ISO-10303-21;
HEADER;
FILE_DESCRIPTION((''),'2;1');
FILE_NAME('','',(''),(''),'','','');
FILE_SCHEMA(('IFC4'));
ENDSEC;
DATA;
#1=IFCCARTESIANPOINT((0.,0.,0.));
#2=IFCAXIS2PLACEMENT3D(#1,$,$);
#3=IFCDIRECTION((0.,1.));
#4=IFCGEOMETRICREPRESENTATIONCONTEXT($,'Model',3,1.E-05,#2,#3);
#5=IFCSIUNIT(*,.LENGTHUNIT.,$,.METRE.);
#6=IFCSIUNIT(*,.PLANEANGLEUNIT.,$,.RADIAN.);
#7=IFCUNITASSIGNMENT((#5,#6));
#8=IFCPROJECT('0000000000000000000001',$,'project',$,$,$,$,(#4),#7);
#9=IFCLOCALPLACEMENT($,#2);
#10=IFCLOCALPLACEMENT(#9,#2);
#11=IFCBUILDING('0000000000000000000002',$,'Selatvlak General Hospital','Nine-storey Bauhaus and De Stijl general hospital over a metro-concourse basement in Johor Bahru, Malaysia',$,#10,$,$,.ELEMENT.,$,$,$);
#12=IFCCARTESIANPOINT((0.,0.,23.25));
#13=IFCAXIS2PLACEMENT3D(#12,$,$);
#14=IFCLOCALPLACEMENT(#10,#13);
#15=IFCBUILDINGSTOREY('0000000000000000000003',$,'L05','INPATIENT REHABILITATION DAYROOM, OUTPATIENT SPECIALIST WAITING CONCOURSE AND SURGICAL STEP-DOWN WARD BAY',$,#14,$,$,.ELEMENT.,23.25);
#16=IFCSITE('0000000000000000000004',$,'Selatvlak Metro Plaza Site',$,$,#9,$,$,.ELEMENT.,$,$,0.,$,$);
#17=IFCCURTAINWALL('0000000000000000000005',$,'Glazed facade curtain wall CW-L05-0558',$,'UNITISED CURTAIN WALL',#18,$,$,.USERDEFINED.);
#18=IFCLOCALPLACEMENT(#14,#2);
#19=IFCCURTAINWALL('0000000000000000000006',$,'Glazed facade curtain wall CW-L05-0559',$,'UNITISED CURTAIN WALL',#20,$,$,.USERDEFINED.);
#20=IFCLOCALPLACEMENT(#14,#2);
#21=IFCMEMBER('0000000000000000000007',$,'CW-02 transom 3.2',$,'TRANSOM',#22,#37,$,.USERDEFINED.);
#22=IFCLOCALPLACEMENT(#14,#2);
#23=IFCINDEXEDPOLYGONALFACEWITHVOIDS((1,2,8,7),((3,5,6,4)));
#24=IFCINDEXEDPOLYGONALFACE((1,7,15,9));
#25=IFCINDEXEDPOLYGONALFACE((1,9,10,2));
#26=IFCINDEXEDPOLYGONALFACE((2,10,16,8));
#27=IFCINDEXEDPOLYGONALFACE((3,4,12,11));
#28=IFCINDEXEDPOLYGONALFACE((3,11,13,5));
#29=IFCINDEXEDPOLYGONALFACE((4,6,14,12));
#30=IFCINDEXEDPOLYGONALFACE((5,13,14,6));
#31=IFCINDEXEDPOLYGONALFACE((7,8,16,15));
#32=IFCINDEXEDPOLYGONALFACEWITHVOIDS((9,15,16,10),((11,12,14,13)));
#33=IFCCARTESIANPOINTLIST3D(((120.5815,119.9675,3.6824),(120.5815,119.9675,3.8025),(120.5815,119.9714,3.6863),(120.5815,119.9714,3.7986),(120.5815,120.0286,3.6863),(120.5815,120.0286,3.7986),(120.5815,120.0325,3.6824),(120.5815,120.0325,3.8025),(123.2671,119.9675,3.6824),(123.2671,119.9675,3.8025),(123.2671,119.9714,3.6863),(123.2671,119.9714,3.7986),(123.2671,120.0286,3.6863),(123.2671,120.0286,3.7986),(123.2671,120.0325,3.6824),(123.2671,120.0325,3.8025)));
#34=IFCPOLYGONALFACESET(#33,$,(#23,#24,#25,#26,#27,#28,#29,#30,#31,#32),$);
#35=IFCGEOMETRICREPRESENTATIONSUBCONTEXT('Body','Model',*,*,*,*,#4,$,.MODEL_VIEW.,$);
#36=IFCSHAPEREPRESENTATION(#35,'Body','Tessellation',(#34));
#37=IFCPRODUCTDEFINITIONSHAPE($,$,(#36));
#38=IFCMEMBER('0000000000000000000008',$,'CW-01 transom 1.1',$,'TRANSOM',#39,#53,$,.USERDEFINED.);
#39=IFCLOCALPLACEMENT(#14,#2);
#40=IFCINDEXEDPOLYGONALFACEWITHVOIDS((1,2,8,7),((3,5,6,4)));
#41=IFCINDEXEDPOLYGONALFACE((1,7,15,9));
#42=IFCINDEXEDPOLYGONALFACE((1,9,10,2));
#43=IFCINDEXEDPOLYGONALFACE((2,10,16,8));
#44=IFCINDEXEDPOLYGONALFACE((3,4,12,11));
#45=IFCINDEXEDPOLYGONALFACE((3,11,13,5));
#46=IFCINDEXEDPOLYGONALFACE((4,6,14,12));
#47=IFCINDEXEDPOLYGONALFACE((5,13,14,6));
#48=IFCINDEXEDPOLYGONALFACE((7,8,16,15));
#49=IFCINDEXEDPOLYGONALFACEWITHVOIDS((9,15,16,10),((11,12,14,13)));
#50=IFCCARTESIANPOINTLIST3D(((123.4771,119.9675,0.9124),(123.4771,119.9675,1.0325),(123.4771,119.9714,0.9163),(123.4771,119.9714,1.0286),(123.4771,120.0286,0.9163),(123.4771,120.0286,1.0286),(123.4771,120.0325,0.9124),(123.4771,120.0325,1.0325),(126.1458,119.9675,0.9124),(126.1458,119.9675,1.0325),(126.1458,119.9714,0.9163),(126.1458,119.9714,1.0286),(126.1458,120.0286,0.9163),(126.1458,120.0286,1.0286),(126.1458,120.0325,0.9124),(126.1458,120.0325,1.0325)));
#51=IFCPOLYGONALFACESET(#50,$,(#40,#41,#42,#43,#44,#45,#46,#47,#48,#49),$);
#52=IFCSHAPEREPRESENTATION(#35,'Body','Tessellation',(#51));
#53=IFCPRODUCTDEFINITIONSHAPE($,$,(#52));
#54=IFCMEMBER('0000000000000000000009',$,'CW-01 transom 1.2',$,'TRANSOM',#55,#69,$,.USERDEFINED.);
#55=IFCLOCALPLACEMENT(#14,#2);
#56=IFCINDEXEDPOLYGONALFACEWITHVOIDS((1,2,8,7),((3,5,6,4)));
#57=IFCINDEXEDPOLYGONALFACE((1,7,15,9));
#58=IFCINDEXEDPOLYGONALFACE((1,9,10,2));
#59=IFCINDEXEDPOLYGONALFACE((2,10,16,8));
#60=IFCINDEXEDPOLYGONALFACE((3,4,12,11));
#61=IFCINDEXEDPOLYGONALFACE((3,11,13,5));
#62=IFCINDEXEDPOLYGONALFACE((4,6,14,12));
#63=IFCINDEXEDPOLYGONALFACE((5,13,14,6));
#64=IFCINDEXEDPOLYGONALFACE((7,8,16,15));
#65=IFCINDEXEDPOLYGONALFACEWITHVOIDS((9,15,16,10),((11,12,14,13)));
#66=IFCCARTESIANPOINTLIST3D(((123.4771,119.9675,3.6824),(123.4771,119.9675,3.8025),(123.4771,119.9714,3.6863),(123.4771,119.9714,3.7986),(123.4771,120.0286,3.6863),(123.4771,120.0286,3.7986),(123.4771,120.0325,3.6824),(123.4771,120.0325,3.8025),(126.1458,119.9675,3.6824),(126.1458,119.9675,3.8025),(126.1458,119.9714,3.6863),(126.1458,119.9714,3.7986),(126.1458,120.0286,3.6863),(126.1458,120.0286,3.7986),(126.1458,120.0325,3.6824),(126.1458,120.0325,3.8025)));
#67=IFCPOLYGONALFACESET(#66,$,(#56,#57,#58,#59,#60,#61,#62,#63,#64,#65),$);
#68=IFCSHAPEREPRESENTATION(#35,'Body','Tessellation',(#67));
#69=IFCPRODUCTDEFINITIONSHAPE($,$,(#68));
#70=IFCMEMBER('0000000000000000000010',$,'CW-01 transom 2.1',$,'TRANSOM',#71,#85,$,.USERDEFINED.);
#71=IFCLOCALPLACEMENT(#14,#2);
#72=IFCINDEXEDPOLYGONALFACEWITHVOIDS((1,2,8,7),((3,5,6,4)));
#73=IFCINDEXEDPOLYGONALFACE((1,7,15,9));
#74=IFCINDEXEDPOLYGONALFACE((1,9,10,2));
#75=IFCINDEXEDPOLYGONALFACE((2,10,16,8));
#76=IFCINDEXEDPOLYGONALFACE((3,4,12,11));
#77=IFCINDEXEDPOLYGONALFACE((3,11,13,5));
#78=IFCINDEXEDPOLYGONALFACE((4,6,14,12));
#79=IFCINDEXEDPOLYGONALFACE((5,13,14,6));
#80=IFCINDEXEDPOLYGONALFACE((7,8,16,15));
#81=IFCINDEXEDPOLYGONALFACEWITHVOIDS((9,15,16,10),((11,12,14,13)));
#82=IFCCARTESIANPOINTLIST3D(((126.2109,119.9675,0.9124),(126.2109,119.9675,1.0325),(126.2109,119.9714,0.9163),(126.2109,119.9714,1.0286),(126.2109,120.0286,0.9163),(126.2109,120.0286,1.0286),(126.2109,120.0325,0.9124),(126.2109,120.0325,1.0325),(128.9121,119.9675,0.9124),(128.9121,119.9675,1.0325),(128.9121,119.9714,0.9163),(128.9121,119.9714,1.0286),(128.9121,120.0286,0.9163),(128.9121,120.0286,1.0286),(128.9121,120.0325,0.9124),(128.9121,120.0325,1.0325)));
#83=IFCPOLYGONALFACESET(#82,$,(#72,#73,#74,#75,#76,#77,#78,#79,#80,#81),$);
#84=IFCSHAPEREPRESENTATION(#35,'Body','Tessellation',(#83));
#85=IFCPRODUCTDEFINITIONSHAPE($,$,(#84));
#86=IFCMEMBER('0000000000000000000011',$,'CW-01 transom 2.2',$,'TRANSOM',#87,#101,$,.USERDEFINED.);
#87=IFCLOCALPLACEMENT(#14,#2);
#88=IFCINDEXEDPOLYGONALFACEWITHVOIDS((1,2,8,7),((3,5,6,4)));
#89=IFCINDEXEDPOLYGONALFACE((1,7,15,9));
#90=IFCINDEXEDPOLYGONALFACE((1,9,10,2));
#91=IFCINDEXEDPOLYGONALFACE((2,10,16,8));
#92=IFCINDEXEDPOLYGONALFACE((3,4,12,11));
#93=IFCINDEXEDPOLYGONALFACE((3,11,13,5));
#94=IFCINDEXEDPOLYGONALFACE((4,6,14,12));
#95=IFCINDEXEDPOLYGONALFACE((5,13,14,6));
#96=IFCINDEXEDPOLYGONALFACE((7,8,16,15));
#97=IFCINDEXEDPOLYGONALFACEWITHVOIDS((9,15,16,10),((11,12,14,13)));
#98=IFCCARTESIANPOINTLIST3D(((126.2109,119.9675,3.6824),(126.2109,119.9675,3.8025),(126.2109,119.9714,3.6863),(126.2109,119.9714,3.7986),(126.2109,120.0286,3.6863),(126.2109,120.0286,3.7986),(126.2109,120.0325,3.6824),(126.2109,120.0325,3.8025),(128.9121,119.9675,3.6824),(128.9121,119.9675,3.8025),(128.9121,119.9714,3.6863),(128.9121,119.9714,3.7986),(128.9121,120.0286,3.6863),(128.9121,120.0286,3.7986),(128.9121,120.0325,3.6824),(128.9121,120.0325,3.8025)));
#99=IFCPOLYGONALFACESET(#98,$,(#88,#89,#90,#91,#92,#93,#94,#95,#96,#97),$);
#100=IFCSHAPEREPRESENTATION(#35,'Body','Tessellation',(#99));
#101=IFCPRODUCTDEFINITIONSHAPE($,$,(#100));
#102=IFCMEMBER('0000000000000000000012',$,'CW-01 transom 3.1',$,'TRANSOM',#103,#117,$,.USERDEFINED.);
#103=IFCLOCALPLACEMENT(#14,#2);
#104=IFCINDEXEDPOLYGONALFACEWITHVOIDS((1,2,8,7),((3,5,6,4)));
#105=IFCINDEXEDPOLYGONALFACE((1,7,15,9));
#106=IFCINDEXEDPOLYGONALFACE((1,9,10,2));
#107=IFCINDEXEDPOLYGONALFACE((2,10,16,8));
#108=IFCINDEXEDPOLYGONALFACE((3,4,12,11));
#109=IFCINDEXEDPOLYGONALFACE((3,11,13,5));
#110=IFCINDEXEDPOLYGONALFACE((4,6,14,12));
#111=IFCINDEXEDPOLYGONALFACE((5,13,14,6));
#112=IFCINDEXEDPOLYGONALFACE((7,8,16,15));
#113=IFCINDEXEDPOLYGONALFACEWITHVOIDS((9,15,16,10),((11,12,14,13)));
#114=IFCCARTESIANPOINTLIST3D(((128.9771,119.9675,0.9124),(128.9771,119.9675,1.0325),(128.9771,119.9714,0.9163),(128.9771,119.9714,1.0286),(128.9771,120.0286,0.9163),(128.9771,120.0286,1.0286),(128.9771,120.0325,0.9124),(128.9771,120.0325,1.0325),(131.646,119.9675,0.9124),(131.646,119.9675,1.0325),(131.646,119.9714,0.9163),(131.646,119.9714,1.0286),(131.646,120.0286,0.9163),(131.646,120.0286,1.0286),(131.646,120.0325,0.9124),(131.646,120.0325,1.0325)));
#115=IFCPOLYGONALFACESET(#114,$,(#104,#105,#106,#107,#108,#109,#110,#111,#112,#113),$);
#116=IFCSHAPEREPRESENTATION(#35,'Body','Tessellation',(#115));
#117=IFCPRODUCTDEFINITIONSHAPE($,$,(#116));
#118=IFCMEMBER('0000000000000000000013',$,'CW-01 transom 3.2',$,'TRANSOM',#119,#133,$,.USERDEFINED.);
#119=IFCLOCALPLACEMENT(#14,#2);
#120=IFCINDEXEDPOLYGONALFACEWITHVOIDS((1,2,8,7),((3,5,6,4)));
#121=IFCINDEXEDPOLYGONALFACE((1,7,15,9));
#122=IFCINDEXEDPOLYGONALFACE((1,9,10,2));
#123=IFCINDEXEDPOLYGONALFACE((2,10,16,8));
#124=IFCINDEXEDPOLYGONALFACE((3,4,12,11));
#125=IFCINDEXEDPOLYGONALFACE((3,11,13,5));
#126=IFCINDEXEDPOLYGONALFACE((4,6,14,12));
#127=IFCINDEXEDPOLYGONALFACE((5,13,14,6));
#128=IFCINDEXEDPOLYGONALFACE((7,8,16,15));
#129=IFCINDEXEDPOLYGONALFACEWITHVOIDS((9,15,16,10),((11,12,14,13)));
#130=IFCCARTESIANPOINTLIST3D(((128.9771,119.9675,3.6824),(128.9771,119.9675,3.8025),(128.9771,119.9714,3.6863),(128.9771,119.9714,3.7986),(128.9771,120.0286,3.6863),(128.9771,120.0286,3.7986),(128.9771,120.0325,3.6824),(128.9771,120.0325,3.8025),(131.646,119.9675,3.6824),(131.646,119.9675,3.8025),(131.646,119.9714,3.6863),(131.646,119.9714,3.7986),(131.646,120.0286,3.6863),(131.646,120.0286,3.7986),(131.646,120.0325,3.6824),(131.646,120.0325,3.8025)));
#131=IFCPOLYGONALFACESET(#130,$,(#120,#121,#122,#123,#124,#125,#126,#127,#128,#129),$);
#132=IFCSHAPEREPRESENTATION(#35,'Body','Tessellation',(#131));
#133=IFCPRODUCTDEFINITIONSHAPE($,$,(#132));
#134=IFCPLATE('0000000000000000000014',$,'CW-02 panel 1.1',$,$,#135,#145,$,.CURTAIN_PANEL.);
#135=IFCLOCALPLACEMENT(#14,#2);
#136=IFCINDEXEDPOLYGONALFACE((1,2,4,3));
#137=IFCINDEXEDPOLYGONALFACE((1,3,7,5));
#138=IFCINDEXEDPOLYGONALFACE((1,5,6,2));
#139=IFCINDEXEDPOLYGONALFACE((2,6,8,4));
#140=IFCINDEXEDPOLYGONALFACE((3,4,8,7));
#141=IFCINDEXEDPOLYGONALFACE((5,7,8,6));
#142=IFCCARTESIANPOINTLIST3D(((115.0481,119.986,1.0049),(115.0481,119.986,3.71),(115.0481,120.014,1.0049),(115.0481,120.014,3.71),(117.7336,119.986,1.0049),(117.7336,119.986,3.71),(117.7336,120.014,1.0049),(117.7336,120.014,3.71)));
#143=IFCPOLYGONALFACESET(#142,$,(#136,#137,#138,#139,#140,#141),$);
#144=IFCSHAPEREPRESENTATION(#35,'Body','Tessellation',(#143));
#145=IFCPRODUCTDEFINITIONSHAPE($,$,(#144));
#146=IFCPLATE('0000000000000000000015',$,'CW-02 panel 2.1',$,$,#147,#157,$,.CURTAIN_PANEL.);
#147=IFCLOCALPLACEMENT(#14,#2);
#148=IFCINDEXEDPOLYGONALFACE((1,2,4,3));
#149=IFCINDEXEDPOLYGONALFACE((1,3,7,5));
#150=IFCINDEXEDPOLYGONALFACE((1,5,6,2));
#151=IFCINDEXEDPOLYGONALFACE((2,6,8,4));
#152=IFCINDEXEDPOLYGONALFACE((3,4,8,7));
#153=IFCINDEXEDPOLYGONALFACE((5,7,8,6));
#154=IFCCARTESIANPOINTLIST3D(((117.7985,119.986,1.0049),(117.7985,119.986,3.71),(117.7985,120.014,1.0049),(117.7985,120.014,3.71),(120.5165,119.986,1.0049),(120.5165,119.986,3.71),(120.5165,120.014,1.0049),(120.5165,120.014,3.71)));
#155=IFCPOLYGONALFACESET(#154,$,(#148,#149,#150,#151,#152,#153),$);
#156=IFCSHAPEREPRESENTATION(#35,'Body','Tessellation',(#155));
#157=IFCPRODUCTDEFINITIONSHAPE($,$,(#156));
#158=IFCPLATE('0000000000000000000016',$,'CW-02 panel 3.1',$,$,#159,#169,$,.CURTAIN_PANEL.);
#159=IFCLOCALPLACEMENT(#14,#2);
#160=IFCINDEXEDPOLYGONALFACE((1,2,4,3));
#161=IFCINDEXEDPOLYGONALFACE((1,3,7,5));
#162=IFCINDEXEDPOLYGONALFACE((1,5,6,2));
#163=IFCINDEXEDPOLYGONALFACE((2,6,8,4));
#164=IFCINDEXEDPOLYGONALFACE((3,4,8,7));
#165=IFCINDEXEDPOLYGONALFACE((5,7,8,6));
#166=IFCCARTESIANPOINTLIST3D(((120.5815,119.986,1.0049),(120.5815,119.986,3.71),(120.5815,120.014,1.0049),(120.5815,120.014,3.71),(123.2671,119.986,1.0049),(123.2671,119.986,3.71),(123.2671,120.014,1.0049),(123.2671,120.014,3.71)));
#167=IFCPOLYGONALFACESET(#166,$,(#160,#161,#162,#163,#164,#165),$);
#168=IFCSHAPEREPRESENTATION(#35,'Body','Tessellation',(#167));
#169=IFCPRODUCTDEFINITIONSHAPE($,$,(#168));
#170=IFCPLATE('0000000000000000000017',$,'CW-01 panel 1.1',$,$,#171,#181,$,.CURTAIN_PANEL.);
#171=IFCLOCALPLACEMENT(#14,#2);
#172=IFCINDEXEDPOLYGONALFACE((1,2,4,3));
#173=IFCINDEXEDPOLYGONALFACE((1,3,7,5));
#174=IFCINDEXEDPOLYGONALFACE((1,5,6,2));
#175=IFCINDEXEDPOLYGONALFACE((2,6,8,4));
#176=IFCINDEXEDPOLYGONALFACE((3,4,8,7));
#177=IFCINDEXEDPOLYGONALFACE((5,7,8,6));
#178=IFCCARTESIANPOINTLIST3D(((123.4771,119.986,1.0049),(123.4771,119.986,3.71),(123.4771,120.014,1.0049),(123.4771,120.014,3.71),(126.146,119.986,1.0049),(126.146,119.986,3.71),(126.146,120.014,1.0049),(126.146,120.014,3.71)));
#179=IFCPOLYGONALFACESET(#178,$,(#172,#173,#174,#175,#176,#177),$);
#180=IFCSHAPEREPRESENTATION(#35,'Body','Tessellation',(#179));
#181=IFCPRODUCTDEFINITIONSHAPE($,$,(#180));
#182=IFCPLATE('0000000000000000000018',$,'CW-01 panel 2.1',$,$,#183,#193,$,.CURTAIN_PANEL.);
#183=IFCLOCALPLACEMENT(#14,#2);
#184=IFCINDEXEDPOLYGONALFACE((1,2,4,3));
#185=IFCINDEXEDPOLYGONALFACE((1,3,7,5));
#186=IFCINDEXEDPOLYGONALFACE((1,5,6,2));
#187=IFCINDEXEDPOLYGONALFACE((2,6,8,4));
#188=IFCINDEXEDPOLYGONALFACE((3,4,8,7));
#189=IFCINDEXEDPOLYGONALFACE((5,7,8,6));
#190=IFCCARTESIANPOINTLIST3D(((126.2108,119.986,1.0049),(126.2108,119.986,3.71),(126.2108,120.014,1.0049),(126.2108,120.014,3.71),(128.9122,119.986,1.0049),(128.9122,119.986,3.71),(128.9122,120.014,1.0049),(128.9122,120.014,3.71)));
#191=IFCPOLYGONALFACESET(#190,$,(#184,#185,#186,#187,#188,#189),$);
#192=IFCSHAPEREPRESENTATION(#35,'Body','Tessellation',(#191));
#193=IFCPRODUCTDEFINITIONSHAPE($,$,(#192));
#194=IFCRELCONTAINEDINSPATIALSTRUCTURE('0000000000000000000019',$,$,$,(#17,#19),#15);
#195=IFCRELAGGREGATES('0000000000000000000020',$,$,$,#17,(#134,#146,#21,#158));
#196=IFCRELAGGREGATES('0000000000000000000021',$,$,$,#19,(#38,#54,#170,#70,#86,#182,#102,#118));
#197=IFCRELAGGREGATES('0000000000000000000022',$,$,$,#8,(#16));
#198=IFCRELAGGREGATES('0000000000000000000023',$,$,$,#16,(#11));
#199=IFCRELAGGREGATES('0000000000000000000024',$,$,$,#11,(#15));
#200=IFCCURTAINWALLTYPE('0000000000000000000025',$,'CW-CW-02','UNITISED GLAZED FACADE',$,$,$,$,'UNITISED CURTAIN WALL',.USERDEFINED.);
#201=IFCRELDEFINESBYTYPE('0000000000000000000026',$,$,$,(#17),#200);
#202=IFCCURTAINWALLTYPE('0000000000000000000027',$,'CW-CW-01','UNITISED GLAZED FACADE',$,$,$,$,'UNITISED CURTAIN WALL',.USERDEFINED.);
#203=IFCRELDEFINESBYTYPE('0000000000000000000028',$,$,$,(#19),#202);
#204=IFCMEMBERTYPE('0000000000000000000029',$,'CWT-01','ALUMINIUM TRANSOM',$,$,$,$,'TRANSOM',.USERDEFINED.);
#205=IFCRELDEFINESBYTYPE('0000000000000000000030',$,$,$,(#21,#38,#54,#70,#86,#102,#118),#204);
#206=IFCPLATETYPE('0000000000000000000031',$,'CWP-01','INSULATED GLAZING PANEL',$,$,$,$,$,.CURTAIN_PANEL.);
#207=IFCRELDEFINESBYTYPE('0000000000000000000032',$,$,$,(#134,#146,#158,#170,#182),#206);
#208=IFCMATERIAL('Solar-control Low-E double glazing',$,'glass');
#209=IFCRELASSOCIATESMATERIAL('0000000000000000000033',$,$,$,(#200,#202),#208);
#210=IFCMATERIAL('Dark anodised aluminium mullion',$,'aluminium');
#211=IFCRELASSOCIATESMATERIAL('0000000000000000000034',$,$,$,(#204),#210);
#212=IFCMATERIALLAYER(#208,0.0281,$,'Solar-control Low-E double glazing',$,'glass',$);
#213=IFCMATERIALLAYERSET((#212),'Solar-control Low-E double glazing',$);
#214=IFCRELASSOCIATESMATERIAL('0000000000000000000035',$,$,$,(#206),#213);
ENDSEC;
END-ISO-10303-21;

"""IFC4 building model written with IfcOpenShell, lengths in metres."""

from ifc_helpers import new_model, si_unit, direction, frame, origin, origin_2d, place, context, subcontext, project, spatial, rectangle, hollow_rectangle, extrude, material, layer, layer_set, material_profile, profile_set, type_object, element, aggregate, save


model = new_model("IFC4")

# Units and contexts
model_context = context("Model", 3, precision=1e-05, world=origin(), true_north=direction((0.0, 1.0)))
body_context = subcontext(model_context, "Body", "Model", "MODEL_VIEW")
ifc_project = project(units=[si_unit("LENGTHUNIT", "METRE"), si_unit("PLANEANGLEUNIT", "RADIAN")], contexts=[model_context])

# Site, building, storey
site_placement = place(None, origin())
site = spatial("IfcSite", under=ifc_project, at=site_placement, Name="Selatvlak Metro Plaza Site", CompositionType="ELEMENT", RefElevation=0.0)
building_placement = place(site_placement, origin())
building = spatial("IfcBuilding", under=site, at=building_placement, Name="Selatvlak General Hospital", Description="Nine-storey Bauhaus and De Stijl general hospital over a metro-concourse basement in Johor Bahru, Malaysia", CompositionType="ELEMENT")
storey_placement = place(building_placement, frame((0.0, 0.0, 23.25)))
storey = spatial("IfcBuildingStorey", under=building, at=storey_placement, Name="L05", Description="INPATIENT REHABILITATION DAYROOM, OUTPATIENT SPECIALIST WAITING CONCOURSE AND SURGICAL STEP-DOWN WARD BAY", CompositionType="ELEMENT", Elevation=23.25)

# Curtain walls
ifc_material_1 = material(Name="Solar-control Low-E double glazing", Category="glass")
curtain_wall_type_1 = type_object("IfcCurtainWallType", Name="CW-CW-02", Description="UNITISED GLAZED FACADE", ElementType="UNITISED CURTAIN WALL", PredefinedType="USERDEFINED", material=ifc_material_1)
curtain_wall_1_placement = place(storey_placement, origin())
curtain_wall_1 = element("IfcCurtainWall", 1, at=curtain_wall_1_placement, inside=storey, type_object=curtain_wall_type_1, Name="Glazed facade curtain wall CW-L05-0558", ObjectType="UNITISED CURTAIN WALL", PredefinedType="USERDEFINED")
ifc_material_2 = material(Name="Dark anodised aluminium mullion", Category="aluminium")
curtain_wall_type_2 = type_object("IfcCurtainWallType", Name="CW-CW-01", Description="UNITISED GLAZED FACADE", ElementType="UNITISED CURTAIN WALL", PredefinedType="USERDEFINED", material=ifc_material_1)
curtain_wall_2_placement = place(storey_placement, origin())
curtain_wall_2 = element("IfcCurtainWall", 2, at=curtain_wall_2_placement, inside=storey, type_object=curtain_wall_type_2, Name="Glazed facade curtain wall CW-L05-0559", ObjectType="UNITISED CURTAIN WALL", PredefinedType="USERDEFINED")

# Members
ifc_material_profile_1 = material_profile(ifc_material_2, hollow_rectangle(XDim=0.0649, YDim=0.1201, WallThickness=0.0039, at=origin_2d()), Name="AL-TRN 65x120x4")
ifc_profile_set_1 = profile_set([ifc_material_profile_1], Name="Dark anodised aluminium mullion")
member_type_1 = type_object("IfcMemberType", Name="CWT-01", Description="ALUMINIUM TRANSOM", ElementType="TRANSOM", PredefinedType="USERDEFINED", material=ifc_profile_set_1)
member_1_placement = place(storey_placement, frame((120.5815, 120.0, 3.7424), z_axis=(1.0, 0.0, 0.0), x_axis=(0.0, 1.0, 0.0)))
member_1 = element("IfcMember", 3, at=member_1_placement, type_object=member_type_1, Name="CW-02 transom 3.2", ObjectType="TRANSOM", PredefinedType="USERDEFINED", context=body_context, shape_type="SweptSolid", body=[
    extrude(hollow_rectangle(XDim=0.0649, YDim=0.1201, WallThickness=0.0039, at=origin_2d()), origin(), (0.0, 0.0, 1.0), 2.6855),
])
member_2_placement = place(storey_placement, frame((123.4771, 120.0, 0.9724), z_axis=(1.0, 0.0, 0.0), x_axis=(0.0, 1.0, 0.0)))
member_2 = element("IfcMember", 4, at=member_2_placement, type_object=member_type_1, Name="CW-01 transom 1.1", ObjectType="TRANSOM", PredefinedType="USERDEFINED", context=body_context, shape_type="SweptSolid", body=[
    extrude(hollow_rectangle(XDim=0.0649, YDim=0.1201, WallThickness=0.0039, at=origin_2d()), origin(), (0.0, 0.0, 1.0), 2.6687),
])
member_3_placement = place(storey_placement, frame((123.4771, 120.0, 3.7424), z_axis=(1.0, 0.0, 0.0), x_axis=(0.0, 1.0, 0.0)))
member_3 = element("IfcMember", 5, at=member_3_placement, type_object=member_type_1, Name="CW-01 transom 1.2", ObjectType="TRANSOM", PredefinedType="USERDEFINED", context=body_context, shape_type="SweptSolid", body=[
    extrude(hollow_rectangle(XDim=0.0649, YDim=0.1201, WallThickness=0.0039, at=origin_2d()), origin(), (0.0, 0.0, 1.0), 2.6687),
])
member_4_placement = place(storey_placement, frame((126.2109, 120.0, 0.9724), z_axis=(1.0, 0.0, 0.0), x_axis=(0.0, 1.0, 0.0)))
member_4 = element("IfcMember", 6, at=member_4_placement, type_object=member_type_1, Name="CW-01 transom 2.1", ObjectType="TRANSOM", PredefinedType="USERDEFINED", context=body_context, shape_type="SweptSolid", body=[
    extrude(hollow_rectangle(XDim=0.0649, YDim=0.1201, WallThickness=0.0039, at=origin_2d()), origin(), (0.0, 0.0, 1.0), 2.7012),
])
member_5_placement = place(storey_placement, frame((126.2109, 120.0, 3.7424), z_axis=(1.0, 0.0, 0.0), x_axis=(0.0, 1.0, 0.0)))
member_5 = element("IfcMember", 7, at=member_5_placement, type_object=member_type_1, Name="CW-01 transom 2.2", ObjectType="TRANSOM", PredefinedType="USERDEFINED", context=body_context, shape_type="SweptSolid", body=[
    extrude(hollow_rectangle(XDim=0.0649, YDim=0.1201, WallThickness=0.0039, at=origin_2d()), origin(), (0.0, 0.0, 1.0), 2.7012),
])
member_6_placement = place(storey_placement, frame((128.9771, 120.0, 0.9724), z_axis=(1.0, 0.0, 0.0), x_axis=(0.0, 1.0, 0.0)))
member_6 = element("IfcMember", 8, at=member_6_placement, type_object=member_type_1, Name="CW-01 transom 3.1", ObjectType="TRANSOM", PredefinedType="USERDEFINED", context=body_context, shape_type="SweptSolid", body=[
    extrude(hollow_rectangle(XDim=0.0649, YDim=0.1201, WallThickness=0.0039, at=origin_2d()), origin(), (0.0, 0.0, 1.0), 2.6689),
])
member_7_placement = place(storey_placement, frame((128.9771, 120.0, 3.7424), z_axis=(1.0, 0.0, 0.0), x_axis=(0.0, 1.0, 0.0)))
member_7 = element("IfcMember", 9, at=member_7_placement, type_object=member_type_1, Name="CW-01 transom 3.2", ObjectType="TRANSOM", PredefinedType="USERDEFINED", context=body_context, shape_type="SweptSolid", body=[
    extrude(hollow_rectangle(XDim=0.0649, YDim=0.1201, WallThickness=0.0039, at=origin_2d()), origin(), (0.0, 0.0, 1.0), 2.6689),
])

# Plates
ifc_layer_1 = layer(ifc_material_1, 0.0281, Name="Solar-control Low-E double glazing", Category="glass")
ifc_layer_set_1 = layer_set([ifc_layer_1], Name="Solar-control Low-E double glazing")
plate_type = type_object("IfcPlateType", Name="CWP-01", Description="INSULATED GLAZING PANEL", PredefinedType="CURTAIN_PANEL", material=ifc_layer_set_1)
plate_1_placement = place(storey_placement, frame((116.3909, 120.0, 1.0049), z_axis=(0.0, 0.0, 1.0), x_axis=(1.0, 0.0, 0.0)))
plate_1 = element("IfcPlate", 10, at=plate_1_placement, type_object=plate_type, Name="CW-02 panel 1.1", PredefinedType="CURTAIN_PANEL", context=body_context, shape_type="SweptSolid", body=[
    extrude(rectangle(XDim=2.6855, YDim=0.0281, at=origin_2d()), origin(), (0.0, 0.0, 1.0), 2.7051),
])
plate_2_placement = place(storey_placement, frame((119.1575, 120.0, 1.0049), z_axis=(0.0, 0.0, 1.0), x_axis=(1.0, 0.0, 0.0)))
plate_2 = element("IfcPlate", 11, at=plate_2_placement, type_object=plate_type, Name="CW-02 panel 2.1", PredefinedType="CURTAIN_PANEL", context=body_context, shape_type="SweptSolid", body=[
    extrude(rectangle(XDim=2.718, YDim=0.0281, at=origin_2d()), origin(), (0.0, 0.0, 1.0), 2.7051),
])
plate_3_placement = place(storey_placement, frame((121.9243, 120.0, 1.0049), z_axis=(0.0, 0.0, 1.0), x_axis=(1.0, 0.0, 0.0)))
plate_3 = element("IfcPlate", 12, at=plate_3_placement, type_object=plate_type, Name="CW-02 panel 3.1", PredefinedType="CURTAIN_PANEL", context=body_context, shape_type="SweptSolid", body=[
    extrude(rectangle(XDim=2.6855, YDim=0.0281, at=origin_2d()), origin(), (0.0, 0.0, 1.0), 2.7051),
])
aggregate(curtain_wall_1, [plate_1, plate_2, member_1, plate_3])
plate_4_placement = place(storey_placement, frame((124.8115, 120.0, 1.0049), z_axis=(0.0, 0.0, 1.0), x_axis=(1.0, 0.0, 0.0)))
plate_4 = element("IfcPlate", 13, at=plate_4_placement, type_object=plate_type, Name="CW-01 panel 1.1", PredefinedType="CURTAIN_PANEL", context=body_context, shape_type="SweptSolid", body=[
    extrude(rectangle(XDim=2.6689, YDim=0.0281, at=origin_2d()), origin(), (0.0, 0.0, 1.0), 2.7051),
])
plate_5_placement = place(storey_placement, frame((127.5615, 120.0, 1.0049), z_axis=(0.0, 0.0, 1.0), x_axis=(1.0, 0.0, 0.0)))
plate_5 = element("IfcPlate", 14, at=plate_5_placement, type_object=plate_type, Name="CW-01 panel 2.1", PredefinedType="CURTAIN_PANEL", context=body_context, shape_type="SweptSolid", body=[
    extrude(rectangle(XDim=2.7014, YDim=0.0281, at=origin_2d()), origin(), (0.0, 0.0, 1.0), 2.7051),
])
aggregate(curtain_wall_2, [member_2, member_3, plate_4, member_4, member_5, plate_5, member_6, member_7])

save(model, "model.ifc")
